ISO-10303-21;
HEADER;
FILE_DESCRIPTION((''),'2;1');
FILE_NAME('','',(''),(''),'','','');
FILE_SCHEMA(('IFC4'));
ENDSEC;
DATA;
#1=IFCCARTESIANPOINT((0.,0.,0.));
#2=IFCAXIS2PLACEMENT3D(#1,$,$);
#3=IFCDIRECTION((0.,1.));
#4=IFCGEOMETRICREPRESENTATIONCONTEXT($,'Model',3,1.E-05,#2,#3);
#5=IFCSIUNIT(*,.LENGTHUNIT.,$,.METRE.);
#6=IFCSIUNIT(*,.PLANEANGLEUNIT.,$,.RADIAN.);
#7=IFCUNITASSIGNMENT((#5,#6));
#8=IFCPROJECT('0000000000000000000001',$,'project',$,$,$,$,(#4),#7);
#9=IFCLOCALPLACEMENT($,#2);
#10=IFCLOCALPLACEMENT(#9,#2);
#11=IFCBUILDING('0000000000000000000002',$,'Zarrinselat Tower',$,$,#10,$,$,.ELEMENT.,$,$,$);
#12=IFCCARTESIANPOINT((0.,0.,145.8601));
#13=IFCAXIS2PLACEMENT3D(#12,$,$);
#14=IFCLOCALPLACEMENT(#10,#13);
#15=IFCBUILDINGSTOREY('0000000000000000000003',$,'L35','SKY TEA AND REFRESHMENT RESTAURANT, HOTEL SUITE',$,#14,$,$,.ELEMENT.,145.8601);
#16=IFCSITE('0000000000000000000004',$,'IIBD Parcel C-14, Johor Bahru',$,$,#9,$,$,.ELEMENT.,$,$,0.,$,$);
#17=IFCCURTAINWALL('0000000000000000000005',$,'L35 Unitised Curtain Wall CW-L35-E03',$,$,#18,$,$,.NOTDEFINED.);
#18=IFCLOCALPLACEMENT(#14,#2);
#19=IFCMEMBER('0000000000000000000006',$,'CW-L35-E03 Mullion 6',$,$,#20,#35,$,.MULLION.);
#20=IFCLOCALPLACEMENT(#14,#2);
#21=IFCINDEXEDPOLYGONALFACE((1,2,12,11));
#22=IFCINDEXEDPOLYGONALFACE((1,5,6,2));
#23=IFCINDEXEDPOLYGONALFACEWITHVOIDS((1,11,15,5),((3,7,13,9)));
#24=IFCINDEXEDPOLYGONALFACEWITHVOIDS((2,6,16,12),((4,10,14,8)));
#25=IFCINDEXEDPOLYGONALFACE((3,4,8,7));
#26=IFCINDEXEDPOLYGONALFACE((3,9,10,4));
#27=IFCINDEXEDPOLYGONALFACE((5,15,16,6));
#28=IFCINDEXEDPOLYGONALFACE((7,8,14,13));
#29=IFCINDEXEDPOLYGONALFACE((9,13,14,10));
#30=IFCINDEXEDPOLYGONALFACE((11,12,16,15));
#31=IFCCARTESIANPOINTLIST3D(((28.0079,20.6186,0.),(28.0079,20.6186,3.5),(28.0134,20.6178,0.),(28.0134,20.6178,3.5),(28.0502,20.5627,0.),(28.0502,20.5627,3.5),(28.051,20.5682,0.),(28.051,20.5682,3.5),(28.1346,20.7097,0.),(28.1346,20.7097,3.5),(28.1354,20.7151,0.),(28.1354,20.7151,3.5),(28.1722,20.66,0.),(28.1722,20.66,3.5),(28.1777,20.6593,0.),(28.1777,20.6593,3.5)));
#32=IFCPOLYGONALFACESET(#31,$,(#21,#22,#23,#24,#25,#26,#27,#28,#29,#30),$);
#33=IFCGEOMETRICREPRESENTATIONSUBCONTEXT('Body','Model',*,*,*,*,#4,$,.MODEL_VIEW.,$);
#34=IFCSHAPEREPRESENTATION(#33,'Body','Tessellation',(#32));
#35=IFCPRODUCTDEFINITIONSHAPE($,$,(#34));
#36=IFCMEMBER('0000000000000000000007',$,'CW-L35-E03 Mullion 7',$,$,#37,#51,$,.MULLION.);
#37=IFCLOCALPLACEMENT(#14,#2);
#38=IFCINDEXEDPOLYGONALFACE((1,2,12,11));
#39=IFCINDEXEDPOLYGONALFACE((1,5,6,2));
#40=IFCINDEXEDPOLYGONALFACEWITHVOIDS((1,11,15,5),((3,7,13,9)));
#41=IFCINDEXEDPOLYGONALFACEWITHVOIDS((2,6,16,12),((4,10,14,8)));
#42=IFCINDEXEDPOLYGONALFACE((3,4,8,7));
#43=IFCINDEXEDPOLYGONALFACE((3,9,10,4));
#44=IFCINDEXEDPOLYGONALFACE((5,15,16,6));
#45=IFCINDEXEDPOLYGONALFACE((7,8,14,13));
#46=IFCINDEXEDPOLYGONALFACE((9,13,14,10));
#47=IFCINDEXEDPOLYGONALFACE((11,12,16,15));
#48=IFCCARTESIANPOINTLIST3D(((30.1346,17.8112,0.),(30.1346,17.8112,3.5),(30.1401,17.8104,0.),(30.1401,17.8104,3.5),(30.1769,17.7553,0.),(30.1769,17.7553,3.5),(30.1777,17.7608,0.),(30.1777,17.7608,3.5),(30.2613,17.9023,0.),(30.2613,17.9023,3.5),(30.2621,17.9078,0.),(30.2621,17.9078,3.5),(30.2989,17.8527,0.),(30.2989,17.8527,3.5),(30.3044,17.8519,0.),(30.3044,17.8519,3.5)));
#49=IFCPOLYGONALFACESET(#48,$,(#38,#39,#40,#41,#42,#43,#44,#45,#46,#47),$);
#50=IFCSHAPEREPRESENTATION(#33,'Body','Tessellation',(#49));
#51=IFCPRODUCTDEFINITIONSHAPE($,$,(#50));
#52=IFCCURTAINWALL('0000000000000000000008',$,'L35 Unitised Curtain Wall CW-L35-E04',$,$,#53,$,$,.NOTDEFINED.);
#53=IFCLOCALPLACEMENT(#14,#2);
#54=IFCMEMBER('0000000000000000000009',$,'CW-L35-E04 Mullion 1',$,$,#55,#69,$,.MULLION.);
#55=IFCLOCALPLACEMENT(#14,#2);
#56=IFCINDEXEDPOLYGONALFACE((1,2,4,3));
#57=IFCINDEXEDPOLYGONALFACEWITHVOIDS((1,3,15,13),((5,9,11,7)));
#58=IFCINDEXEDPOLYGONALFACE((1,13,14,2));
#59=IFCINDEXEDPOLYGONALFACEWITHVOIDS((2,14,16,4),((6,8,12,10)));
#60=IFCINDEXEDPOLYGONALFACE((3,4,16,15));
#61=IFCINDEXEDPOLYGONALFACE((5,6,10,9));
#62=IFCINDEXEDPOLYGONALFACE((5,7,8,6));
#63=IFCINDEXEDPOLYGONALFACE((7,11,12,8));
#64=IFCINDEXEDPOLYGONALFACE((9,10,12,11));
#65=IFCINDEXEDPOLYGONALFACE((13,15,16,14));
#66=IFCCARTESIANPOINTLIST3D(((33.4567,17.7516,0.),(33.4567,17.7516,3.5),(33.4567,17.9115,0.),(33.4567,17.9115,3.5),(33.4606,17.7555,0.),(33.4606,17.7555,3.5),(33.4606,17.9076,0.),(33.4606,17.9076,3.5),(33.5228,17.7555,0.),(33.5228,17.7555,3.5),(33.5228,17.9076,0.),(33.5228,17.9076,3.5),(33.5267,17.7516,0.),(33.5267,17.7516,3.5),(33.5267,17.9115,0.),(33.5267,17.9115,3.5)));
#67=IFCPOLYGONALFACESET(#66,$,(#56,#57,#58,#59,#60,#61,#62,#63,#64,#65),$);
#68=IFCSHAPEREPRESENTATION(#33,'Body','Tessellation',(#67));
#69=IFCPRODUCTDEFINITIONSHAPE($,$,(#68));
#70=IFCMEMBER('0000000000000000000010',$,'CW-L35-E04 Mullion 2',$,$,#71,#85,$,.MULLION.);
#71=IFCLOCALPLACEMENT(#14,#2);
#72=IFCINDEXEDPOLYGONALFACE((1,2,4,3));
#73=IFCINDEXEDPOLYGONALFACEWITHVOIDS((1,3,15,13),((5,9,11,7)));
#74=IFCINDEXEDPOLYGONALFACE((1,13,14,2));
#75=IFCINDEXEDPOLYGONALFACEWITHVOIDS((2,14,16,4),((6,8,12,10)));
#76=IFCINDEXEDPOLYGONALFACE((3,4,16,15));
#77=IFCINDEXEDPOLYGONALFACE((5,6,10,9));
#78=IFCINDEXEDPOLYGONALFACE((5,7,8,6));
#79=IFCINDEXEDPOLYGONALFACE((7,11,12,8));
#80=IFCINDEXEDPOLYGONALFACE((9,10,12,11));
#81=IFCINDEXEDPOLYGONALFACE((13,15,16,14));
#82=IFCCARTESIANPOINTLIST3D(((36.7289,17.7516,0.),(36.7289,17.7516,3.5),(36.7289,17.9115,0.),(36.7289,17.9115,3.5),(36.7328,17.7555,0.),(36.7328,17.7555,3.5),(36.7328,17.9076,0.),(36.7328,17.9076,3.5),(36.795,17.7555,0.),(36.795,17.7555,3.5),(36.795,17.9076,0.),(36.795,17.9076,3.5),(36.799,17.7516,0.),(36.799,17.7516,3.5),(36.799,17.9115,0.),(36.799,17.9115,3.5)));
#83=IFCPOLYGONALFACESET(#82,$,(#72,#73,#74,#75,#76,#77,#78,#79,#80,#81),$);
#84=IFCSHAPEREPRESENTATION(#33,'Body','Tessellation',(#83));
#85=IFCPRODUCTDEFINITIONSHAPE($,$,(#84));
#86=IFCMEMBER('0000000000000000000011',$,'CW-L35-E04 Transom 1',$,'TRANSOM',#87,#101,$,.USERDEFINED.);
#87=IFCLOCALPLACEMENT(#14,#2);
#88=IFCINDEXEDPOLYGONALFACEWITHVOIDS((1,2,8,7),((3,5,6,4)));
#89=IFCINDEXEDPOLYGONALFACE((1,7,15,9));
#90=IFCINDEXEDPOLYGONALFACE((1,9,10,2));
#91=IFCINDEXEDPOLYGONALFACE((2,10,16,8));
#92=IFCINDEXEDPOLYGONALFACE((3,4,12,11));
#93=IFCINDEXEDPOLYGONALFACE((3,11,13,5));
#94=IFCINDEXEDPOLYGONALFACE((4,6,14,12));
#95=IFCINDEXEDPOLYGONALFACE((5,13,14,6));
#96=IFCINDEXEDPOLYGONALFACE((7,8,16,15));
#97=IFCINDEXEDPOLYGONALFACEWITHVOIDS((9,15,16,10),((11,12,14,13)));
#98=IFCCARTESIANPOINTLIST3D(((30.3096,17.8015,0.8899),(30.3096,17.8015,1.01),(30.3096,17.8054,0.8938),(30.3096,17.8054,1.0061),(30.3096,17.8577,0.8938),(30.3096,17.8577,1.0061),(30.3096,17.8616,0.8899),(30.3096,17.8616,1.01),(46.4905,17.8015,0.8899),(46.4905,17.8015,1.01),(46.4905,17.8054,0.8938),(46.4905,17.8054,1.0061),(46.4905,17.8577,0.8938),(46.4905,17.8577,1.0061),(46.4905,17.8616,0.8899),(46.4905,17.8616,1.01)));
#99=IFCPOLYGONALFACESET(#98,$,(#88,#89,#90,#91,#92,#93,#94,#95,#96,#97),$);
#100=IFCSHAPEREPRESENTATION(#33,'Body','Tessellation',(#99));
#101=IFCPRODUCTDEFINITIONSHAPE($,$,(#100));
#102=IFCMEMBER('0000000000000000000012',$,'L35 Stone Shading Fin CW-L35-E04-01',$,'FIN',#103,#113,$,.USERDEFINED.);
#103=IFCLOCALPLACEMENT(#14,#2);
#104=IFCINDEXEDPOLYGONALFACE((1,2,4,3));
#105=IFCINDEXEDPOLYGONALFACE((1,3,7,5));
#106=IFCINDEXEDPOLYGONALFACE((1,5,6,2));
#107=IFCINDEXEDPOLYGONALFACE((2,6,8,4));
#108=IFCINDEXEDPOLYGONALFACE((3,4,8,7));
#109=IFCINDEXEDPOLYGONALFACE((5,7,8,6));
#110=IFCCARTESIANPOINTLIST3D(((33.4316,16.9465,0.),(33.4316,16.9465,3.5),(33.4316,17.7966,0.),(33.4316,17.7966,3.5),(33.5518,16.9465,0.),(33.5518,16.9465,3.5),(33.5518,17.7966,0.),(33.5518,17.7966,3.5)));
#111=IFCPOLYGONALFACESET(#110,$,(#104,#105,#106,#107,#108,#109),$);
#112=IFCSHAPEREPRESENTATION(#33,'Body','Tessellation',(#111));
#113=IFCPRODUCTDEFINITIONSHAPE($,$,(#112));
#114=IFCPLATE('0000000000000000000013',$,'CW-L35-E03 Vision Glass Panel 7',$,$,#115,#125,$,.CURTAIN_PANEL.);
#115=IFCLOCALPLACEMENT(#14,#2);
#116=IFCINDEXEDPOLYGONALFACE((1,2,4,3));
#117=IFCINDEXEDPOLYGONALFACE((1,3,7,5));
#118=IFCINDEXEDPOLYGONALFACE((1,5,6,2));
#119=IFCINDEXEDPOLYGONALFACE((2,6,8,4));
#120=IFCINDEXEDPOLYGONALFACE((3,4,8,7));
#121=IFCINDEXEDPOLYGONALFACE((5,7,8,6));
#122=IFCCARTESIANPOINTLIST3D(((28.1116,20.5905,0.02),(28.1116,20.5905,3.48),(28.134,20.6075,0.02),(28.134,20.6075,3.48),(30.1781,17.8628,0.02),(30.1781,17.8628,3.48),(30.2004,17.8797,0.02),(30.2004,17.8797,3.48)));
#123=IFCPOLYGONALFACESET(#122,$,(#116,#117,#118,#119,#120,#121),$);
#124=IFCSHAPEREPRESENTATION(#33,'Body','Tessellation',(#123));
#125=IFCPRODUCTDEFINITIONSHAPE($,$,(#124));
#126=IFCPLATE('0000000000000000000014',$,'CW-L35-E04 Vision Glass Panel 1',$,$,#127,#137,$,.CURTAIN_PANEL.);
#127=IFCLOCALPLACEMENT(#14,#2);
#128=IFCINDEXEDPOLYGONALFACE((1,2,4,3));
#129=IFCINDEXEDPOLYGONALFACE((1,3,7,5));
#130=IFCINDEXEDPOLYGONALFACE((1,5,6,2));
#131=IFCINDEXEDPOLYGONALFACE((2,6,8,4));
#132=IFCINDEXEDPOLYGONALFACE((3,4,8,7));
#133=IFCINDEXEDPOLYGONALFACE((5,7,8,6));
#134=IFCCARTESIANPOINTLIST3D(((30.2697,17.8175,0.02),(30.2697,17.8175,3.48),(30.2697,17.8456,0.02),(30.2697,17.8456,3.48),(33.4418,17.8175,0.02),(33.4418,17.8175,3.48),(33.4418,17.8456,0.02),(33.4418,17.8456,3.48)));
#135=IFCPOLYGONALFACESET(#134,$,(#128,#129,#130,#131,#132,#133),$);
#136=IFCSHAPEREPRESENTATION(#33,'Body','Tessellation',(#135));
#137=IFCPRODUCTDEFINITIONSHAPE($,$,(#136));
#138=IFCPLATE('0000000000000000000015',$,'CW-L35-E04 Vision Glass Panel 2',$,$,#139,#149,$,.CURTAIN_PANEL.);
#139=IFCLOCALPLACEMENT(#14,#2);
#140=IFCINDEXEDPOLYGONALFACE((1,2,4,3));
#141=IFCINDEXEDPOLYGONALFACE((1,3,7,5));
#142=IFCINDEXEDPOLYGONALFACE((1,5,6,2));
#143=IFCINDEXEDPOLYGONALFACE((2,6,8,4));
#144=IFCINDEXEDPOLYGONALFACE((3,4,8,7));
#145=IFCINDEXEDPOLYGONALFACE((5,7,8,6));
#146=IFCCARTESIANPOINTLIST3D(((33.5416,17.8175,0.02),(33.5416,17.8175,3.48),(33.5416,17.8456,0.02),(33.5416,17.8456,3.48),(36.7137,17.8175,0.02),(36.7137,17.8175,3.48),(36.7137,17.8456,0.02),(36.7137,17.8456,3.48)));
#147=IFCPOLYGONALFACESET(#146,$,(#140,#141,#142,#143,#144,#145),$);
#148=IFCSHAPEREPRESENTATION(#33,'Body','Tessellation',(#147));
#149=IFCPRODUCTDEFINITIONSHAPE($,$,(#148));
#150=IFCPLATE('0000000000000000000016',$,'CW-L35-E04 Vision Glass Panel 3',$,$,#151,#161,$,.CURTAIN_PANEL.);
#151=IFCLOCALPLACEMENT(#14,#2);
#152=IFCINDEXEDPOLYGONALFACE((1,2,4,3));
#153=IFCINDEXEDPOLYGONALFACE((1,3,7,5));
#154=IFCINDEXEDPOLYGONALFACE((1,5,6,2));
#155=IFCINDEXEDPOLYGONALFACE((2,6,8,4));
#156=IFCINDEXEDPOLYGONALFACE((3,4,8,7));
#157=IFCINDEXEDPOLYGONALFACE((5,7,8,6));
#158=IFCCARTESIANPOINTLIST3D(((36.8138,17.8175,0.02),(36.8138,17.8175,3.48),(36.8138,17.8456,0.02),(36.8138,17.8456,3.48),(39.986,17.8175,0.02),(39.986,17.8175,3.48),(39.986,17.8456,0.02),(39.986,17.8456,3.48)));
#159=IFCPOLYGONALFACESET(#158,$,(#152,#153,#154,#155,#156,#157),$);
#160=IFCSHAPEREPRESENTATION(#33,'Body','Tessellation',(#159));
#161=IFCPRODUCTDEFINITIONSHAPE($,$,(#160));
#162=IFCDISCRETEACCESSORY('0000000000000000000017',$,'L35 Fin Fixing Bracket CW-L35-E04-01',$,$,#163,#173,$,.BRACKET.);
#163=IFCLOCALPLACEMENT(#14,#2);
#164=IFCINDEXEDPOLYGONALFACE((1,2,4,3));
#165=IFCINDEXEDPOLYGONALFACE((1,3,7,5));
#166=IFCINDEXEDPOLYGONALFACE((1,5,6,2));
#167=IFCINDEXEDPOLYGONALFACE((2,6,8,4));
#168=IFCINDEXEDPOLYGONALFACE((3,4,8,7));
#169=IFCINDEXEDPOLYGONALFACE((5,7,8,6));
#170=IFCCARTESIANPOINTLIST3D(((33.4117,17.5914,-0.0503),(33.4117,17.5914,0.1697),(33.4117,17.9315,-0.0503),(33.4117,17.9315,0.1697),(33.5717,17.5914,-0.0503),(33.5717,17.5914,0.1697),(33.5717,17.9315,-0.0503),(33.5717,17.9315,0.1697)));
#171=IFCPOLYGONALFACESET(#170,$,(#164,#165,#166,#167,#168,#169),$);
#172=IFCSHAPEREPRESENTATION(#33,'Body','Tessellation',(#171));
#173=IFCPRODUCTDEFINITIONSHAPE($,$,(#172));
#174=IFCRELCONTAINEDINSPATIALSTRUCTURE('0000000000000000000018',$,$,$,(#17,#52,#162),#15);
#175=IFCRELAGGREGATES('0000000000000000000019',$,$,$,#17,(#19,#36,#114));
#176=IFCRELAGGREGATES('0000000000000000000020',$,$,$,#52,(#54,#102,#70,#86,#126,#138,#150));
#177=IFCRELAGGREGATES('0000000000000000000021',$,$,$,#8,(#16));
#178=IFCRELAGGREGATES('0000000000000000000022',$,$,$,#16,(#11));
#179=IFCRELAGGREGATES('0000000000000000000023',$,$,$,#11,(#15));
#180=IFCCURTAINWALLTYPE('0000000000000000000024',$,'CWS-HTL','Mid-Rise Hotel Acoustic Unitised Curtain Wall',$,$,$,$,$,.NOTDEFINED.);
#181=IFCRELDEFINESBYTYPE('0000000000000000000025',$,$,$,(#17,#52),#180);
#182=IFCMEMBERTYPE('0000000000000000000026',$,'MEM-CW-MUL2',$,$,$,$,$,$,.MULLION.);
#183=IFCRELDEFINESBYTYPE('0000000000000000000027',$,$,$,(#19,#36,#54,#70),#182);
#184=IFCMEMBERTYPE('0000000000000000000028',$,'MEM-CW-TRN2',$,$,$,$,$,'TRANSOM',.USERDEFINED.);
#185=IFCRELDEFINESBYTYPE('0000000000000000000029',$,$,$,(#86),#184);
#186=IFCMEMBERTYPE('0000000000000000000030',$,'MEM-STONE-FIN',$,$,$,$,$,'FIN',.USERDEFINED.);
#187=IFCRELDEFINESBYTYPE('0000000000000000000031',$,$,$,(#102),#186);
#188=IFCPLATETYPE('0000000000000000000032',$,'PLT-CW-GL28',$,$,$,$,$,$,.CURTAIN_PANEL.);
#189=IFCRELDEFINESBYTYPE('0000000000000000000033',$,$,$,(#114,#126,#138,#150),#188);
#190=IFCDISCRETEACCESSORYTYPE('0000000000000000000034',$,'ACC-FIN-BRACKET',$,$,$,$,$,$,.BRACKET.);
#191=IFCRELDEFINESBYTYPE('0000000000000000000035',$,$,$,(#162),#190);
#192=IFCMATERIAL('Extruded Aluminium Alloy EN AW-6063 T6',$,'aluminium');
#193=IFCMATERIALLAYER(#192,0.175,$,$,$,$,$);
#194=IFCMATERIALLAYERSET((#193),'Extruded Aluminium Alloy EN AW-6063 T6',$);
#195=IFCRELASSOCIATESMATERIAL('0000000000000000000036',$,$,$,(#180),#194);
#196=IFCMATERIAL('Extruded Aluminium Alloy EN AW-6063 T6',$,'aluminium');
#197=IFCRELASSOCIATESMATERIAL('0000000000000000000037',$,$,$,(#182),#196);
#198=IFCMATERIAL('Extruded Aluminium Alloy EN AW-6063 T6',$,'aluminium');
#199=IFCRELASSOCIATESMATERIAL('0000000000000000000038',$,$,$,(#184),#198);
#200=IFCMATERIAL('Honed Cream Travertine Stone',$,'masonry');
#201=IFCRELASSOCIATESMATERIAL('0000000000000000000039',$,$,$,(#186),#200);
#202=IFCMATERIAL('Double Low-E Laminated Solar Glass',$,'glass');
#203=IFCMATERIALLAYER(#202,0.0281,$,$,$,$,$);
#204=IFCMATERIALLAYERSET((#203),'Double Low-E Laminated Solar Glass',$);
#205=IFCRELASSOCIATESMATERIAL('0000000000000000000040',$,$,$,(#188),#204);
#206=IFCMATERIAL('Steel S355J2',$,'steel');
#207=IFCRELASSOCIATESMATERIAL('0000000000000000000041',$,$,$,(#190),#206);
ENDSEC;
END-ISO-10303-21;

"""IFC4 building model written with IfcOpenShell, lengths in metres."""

from ifc_helpers import new_model, si_unit, direction, frame, origin, origin_2d, place, context, subcontext, project, spatial, rectangle, hollow_rectangle, extrude, material, layer, layer_set, material_profile, profile_set, type_object, element, aggregate, save


model = new_model("IFC4")

# Units and contexts
model_context = context("Model", 3, precision=1e-05, world=origin(), true_north=direction((0.0, 1.0)))
body_context = subcontext(model_context, "Body", "Model", "MODEL_VIEW")
ifc_project = project(units=[si_unit("LENGTHUNIT", "METRE"), si_unit("PLANEANGLEUNIT", "RADIAN")], contexts=[model_context])

# Site, building, storey
site_placement = place(None, origin())
site = spatial("IfcSite", under=ifc_project, at=site_placement, Name="IIBD Parcel C-14, Johor Bahru", CompositionType="ELEMENT", RefElevation=0.0)
building_placement = place(site_placement, origin())
building = spatial("IfcBuilding", under=site, at=building_placement, Name="Zarrinselat Tower", CompositionType="ELEMENT")
storey_placement = place(building_placement, frame((0.0, 0.0, 145.8601)))
storey = spatial("IfcBuildingStorey", under=building, at=storey_placement, Name="L35", Description="SKY TEA AND REFRESHMENT RESTAURANT, HOTEL SUITE", CompositionType="ELEMENT", Elevation=145.8601)

# Curtain walls, members
ifc_material_1 = material(Name="Extruded Aluminium Alloy EN AW-6063 T6", Category="aluminium")
ifc_layer_1 = layer(ifc_material_1, 0.175)
ifc_layer_set_1 = layer_set([ifc_layer_1], Name="Extruded Aluminium Alloy EN AW-6063 T6")
curtain_wall_type = type_object("IfcCurtainWallType", Name="CWS-HTL", Description="Mid-Rise Hotel Acoustic Unitised Curtain Wall", PredefinedType="NOTDEFINED", material=ifc_layer_set_1)
curtain_wall_1_placement = place(storey_placement, origin())
curtain_wall_1 = element("IfcCurtainWall", 1, at=curtain_wall_1_placement, inside=storey, type_object=curtain_wall_type, Name="L35 Unitised Curtain Wall CW-L35-E03", PredefinedType="NOTDEFINED")
ifc_material_2 = material(Name="Extruded Aluminium Alloy EN AW-6063 T6", Category="aluminium")
ifc_material_profile_1 = material_profile(ifc_material_2, hollow_rectangle(XDim=0.0701, YDim=0.1599, WallThickness=0.0039, at=origin_2d()), Name="RHS 160x70x4")
ifc_profile_set_1 = profile_set([ifc_material_profile_1], Name="Extruded Aluminium Alloy EN AW-6063 T6")
member_type_1 = type_object("IfcMemberType", Name="MEM-CW-MUL2", PredefinedType="MULLION", material=ifc_profile_set_1)
member_1_placement = place(storey_placement, frame((28.0928, 20.6389, 0.0), z_axis=(0.0, 0.0, 1.0), x_axis=(0.603857, -0.797093, 0.0)))
member_1 = element("IfcMember", 2, at=member_1_placement, type_object=member_type_1, Name="CW-L35-E03 Mullion 6", PredefinedType="MULLION", context=body_context, shape_type="SweptSolid", body=[
    extrude(hollow_rectangle(XDim=0.0701, YDim=0.1599, WallThickness=0.0039, at=origin_2d()), origin(), (0.0, 0.0, 1.0), 3.5),
])
member_2_placement = place(storey_placement, frame((30.2195, 17.8315, 0.0), z_axis=(0.0, 0.0, 1.0), x_axis=(0.603857, -0.797093, 0.0)))
member_2 = element("IfcMember", 3, at=member_2_placement, type_object=member_type_1, Name="CW-L35-E03 Mullion 7", PredefinedType="MULLION", context=body_context, shape_type="SweptSolid", body=[
    extrude(hollow_rectangle(XDim=0.0701, YDim=0.1599, WallThickness=0.0039, at=origin_2d()), origin(), (0.0, 0.0, 1.0), 3.5),
])
curtain_wall_2_placement = place(storey_placement, origin())
curtain_wall_2 = element("IfcCurtainWall", 4, at=curtain_wall_2_placement, inside=storey, type_object=curtain_wall_type, Name="L35 Unitised Curtain Wall CW-L35-E04", PredefinedType="NOTDEFINED")
member_3_placement = place(storey_placement, frame((33.4917, 17.8315, 0.0), z_axis=(0.0, 0.0, 1.0), x_axis=(1.0, 0.0, 0.0)))
member_3 = element("IfcMember", 5, at=member_3_placement, type_object=member_type_1, Name="CW-L35-E04 Mullion 1", PredefinedType="MULLION", context=body_context, shape_type="SweptSolid", body=[
    extrude(hollow_rectangle(XDim=0.0701, YDim=0.1599, WallThickness=0.0039, at=origin_2d()), origin(), (0.0, 0.0, 1.0), 3.5),
])
member_4_placement = place(storey_placement, frame((36.7639, 17.8315, 0.0), z_axis=(0.0, 0.0, 1.0), x_axis=(1.0, 0.0, 0.0)))
member_4 = element("IfcMember", 6, at=member_4_placement, type_object=member_type_1, Name="CW-L35-E04 Mullion 2", PredefinedType="MULLION", context=body_context, shape_type="SweptSolid", body=[
    extrude(hollow_rectangle(XDim=0.0701, YDim=0.1599, WallThickness=0.0039, at=origin_2d()), origin(), (0.0, 0.0, 1.0), 3.5),
])
ifc_material_3 = material(Name="Extruded Aluminium Alloy EN AW-6063 T6", Category="aluminium")
ifc_material_profile_2 = material_profile(ifc_material_3, hollow_rectangle(XDim=0.0601, YDim=0.1201, WallThickness=0.0039, at=origin_2d()), Name="RHS 120x60x4")
ifc_profile_set_2 = profile_set([ifc_material_profile_2], Name="Extruded Aluminium Alloy EN AW-6063 T6")
member_type_2 = type_object("IfcMemberType", Name="MEM-CW-TRN2", ElementType="TRANSOM", PredefinedType="USERDEFINED", material=ifc_profile_set_2)
member_5_placement = place(storey_placement, frame((30.3096, 17.8315, 0.95), z_axis=(1.0, 0.0, 0.0), x_axis=(0.0, 1.0, 0.0)))
member_5 = element("IfcMember", 7, at=member_5_placement, type_object=member_type_2, Name="CW-L35-E04 Transom 1", ObjectType="TRANSOM", PredefinedType="USERDEFINED", context=body_context, shape_type="SweptSolid", body=[
    extrude(hollow_rectangle(XDim=0.0601, YDim=0.1201, WallThickness=0.0039, at=origin_2d()), origin(), (0.0, 0.0, 1.0), 16.1809),
])
ifc_material_4 = material(Name="Honed Cream Travertine Stone", Category="masonry")
ifc_material_profile_3 = material_profile(ifc_material_4, rectangle(XDim=0.1201, YDim=0.8501, at=origin_2d()), Name="FIN 850x120")
ifc_profile_set_3 = profile_set([ifc_material_profile_3], Name="Honed Cream Travertine Stone")
member_type_3 = type_object("IfcMemberType", Name="MEM-STONE-FIN", ElementType="FIN", PredefinedType="USERDEFINED", material=ifc_profile_set_3)
member_6_placement = place(storey_placement, frame((33.4917, 17.3716, 0.0), z_axis=(0.0, 0.0, 1.0), x_axis=(-1.0, 0.0, 0.0)))
member_6 = element("IfcMember", 8, at=member_6_placement, type_object=member_type_3, Name="L35 Stone Shading Fin CW-L35-E04-01", ObjectType="FIN", PredefinedType="USERDEFINED", context=body_context, shape_type="SweptSolid", body=[
    extrude(rectangle(XDim=0.1201, YDim=0.8501, at=origin_2d()), origin(), (0.0, 0.0, 1.0), 3.5),
])

# Plates
ifc_material_5 = material(Name="Double Low-E Laminated Solar Glass", Category="glass")
ifc_layer_2 = layer(ifc_material_5, 0.0281)
ifc_layer_set_2 = layer_set([ifc_layer_2], Name="Double Low-E Laminated Solar Glass")
plate_type = type_object("IfcPlateType", Name="PLT-CW-GL28", PredefinedType="CURTAIN_PANEL", material=ifc_layer_set_2)
plate_1_placement = place(storey_placement, frame((29.156, 19.2351, 0.02), z_axis=(0.0, 0.0, 1.0), x_axis=(0.603857, -0.797093, 0.0)))
plate_1 = element("IfcPlate", 9, at=plate_1_placement, type_object=plate_type, Name="CW-L35-E03 Vision Glass Panel 7", PredefinedType="CURTAIN_PANEL", context=body_context, shape_type="SweptSolid", body=[
    extrude(rectangle(XDim=3.4221, YDim=0.0281, at=origin_2d()), origin(), (0.0, 0.0, 1.0), 3.46),
])
aggregate(curtain_wall_1, [member_1, member_2, plate_1])
plate_2_placement = place(storey_placement, frame((31.8557, 17.8315, 0.02), z_axis=(0.0, 0.0, 1.0), x_axis=(1.0, 0.0, 0.0)))
plate_2 = element("IfcPlate", 10, at=plate_2_placement, type_object=plate_type, Name="CW-L35-E04 Vision Glass Panel 1", PredefinedType="CURTAIN_PANEL", context=body_context, shape_type="SweptSolid", body=[
    extrude(rectangle(XDim=3.1721, YDim=0.0281, at=origin_2d()), origin(), (0.0, 0.0, 1.0), 3.46),
])
plate_3_placement = place(storey_placement, frame((35.1277, 17.8315, 0.02), z_axis=(0.0, 0.0, 1.0), x_axis=(1.0, 0.0, 0.0)))
plate_3 = element("IfcPlate", 11, at=plate_3_placement, type_object=plate_type, Name="CW-L35-E04 Vision Glass Panel 2", PredefinedType="CURTAIN_PANEL", context=body_context, shape_type="SweptSolid", body=[
    extrude(rectangle(XDim=3.1721, YDim=0.0281, at=origin_2d()), origin(), (0.0, 0.0, 1.0), 3.46),
])
plate_4_placement = place(storey_placement, frame((38.3999, 17.8315, 0.02), z_axis=(0.0, 0.0, 1.0), x_axis=(1.0, 0.0, 0.0)))
plate_4 = element("IfcPlate", 12, at=plate_4_placement, type_object=plate_type, Name="CW-L35-E04 Vision Glass Panel 3", PredefinedType="CURTAIN_PANEL", context=body_context, shape_type="SweptSolid", body=[
    extrude(rectangle(XDim=3.1721, YDim=0.0281, at=origin_2d()), origin(), (0.0, 0.0, 1.0), 3.46),
])
aggregate(curtain_wall_2, [member_3, member_6, member_4, member_5, plate_2, plate_3, plate_4])

# Discrete accessory
ifc_material_6 = material(Name="Steel S355J2", Category="steel")
discrete_accessory_type = type_object("IfcDiscreteAccessoryType", Name="ACC-FIN-BRACKET", PredefinedType="BRACKET", material=ifc_material_6)
discrete_accessory_placement = place(storey_placement, frame((33.4917, 17.7615, -0.0503), z_axis=(0.0, 0.0, 1.0), x_axis=(0.0, -1.0, 0.0)))
element("IfcDiscreteAccessory", 13, at=discrete_accessory_placement, inside=storey, type_object=discrete_accessory_type, Name="L35 Fin Fixing Bracket CW-L35-E04-01", PredefinedType="BRACKET", context=body_context, shape_type="SweptSolid", body=[
    extrude(rectangle(XDim=0.3401, YDim=0.1599, at=origin_2d()), origin(), (0.0, 0.0, 1.0), 0.22),
])

save(model, "model.ifc")
